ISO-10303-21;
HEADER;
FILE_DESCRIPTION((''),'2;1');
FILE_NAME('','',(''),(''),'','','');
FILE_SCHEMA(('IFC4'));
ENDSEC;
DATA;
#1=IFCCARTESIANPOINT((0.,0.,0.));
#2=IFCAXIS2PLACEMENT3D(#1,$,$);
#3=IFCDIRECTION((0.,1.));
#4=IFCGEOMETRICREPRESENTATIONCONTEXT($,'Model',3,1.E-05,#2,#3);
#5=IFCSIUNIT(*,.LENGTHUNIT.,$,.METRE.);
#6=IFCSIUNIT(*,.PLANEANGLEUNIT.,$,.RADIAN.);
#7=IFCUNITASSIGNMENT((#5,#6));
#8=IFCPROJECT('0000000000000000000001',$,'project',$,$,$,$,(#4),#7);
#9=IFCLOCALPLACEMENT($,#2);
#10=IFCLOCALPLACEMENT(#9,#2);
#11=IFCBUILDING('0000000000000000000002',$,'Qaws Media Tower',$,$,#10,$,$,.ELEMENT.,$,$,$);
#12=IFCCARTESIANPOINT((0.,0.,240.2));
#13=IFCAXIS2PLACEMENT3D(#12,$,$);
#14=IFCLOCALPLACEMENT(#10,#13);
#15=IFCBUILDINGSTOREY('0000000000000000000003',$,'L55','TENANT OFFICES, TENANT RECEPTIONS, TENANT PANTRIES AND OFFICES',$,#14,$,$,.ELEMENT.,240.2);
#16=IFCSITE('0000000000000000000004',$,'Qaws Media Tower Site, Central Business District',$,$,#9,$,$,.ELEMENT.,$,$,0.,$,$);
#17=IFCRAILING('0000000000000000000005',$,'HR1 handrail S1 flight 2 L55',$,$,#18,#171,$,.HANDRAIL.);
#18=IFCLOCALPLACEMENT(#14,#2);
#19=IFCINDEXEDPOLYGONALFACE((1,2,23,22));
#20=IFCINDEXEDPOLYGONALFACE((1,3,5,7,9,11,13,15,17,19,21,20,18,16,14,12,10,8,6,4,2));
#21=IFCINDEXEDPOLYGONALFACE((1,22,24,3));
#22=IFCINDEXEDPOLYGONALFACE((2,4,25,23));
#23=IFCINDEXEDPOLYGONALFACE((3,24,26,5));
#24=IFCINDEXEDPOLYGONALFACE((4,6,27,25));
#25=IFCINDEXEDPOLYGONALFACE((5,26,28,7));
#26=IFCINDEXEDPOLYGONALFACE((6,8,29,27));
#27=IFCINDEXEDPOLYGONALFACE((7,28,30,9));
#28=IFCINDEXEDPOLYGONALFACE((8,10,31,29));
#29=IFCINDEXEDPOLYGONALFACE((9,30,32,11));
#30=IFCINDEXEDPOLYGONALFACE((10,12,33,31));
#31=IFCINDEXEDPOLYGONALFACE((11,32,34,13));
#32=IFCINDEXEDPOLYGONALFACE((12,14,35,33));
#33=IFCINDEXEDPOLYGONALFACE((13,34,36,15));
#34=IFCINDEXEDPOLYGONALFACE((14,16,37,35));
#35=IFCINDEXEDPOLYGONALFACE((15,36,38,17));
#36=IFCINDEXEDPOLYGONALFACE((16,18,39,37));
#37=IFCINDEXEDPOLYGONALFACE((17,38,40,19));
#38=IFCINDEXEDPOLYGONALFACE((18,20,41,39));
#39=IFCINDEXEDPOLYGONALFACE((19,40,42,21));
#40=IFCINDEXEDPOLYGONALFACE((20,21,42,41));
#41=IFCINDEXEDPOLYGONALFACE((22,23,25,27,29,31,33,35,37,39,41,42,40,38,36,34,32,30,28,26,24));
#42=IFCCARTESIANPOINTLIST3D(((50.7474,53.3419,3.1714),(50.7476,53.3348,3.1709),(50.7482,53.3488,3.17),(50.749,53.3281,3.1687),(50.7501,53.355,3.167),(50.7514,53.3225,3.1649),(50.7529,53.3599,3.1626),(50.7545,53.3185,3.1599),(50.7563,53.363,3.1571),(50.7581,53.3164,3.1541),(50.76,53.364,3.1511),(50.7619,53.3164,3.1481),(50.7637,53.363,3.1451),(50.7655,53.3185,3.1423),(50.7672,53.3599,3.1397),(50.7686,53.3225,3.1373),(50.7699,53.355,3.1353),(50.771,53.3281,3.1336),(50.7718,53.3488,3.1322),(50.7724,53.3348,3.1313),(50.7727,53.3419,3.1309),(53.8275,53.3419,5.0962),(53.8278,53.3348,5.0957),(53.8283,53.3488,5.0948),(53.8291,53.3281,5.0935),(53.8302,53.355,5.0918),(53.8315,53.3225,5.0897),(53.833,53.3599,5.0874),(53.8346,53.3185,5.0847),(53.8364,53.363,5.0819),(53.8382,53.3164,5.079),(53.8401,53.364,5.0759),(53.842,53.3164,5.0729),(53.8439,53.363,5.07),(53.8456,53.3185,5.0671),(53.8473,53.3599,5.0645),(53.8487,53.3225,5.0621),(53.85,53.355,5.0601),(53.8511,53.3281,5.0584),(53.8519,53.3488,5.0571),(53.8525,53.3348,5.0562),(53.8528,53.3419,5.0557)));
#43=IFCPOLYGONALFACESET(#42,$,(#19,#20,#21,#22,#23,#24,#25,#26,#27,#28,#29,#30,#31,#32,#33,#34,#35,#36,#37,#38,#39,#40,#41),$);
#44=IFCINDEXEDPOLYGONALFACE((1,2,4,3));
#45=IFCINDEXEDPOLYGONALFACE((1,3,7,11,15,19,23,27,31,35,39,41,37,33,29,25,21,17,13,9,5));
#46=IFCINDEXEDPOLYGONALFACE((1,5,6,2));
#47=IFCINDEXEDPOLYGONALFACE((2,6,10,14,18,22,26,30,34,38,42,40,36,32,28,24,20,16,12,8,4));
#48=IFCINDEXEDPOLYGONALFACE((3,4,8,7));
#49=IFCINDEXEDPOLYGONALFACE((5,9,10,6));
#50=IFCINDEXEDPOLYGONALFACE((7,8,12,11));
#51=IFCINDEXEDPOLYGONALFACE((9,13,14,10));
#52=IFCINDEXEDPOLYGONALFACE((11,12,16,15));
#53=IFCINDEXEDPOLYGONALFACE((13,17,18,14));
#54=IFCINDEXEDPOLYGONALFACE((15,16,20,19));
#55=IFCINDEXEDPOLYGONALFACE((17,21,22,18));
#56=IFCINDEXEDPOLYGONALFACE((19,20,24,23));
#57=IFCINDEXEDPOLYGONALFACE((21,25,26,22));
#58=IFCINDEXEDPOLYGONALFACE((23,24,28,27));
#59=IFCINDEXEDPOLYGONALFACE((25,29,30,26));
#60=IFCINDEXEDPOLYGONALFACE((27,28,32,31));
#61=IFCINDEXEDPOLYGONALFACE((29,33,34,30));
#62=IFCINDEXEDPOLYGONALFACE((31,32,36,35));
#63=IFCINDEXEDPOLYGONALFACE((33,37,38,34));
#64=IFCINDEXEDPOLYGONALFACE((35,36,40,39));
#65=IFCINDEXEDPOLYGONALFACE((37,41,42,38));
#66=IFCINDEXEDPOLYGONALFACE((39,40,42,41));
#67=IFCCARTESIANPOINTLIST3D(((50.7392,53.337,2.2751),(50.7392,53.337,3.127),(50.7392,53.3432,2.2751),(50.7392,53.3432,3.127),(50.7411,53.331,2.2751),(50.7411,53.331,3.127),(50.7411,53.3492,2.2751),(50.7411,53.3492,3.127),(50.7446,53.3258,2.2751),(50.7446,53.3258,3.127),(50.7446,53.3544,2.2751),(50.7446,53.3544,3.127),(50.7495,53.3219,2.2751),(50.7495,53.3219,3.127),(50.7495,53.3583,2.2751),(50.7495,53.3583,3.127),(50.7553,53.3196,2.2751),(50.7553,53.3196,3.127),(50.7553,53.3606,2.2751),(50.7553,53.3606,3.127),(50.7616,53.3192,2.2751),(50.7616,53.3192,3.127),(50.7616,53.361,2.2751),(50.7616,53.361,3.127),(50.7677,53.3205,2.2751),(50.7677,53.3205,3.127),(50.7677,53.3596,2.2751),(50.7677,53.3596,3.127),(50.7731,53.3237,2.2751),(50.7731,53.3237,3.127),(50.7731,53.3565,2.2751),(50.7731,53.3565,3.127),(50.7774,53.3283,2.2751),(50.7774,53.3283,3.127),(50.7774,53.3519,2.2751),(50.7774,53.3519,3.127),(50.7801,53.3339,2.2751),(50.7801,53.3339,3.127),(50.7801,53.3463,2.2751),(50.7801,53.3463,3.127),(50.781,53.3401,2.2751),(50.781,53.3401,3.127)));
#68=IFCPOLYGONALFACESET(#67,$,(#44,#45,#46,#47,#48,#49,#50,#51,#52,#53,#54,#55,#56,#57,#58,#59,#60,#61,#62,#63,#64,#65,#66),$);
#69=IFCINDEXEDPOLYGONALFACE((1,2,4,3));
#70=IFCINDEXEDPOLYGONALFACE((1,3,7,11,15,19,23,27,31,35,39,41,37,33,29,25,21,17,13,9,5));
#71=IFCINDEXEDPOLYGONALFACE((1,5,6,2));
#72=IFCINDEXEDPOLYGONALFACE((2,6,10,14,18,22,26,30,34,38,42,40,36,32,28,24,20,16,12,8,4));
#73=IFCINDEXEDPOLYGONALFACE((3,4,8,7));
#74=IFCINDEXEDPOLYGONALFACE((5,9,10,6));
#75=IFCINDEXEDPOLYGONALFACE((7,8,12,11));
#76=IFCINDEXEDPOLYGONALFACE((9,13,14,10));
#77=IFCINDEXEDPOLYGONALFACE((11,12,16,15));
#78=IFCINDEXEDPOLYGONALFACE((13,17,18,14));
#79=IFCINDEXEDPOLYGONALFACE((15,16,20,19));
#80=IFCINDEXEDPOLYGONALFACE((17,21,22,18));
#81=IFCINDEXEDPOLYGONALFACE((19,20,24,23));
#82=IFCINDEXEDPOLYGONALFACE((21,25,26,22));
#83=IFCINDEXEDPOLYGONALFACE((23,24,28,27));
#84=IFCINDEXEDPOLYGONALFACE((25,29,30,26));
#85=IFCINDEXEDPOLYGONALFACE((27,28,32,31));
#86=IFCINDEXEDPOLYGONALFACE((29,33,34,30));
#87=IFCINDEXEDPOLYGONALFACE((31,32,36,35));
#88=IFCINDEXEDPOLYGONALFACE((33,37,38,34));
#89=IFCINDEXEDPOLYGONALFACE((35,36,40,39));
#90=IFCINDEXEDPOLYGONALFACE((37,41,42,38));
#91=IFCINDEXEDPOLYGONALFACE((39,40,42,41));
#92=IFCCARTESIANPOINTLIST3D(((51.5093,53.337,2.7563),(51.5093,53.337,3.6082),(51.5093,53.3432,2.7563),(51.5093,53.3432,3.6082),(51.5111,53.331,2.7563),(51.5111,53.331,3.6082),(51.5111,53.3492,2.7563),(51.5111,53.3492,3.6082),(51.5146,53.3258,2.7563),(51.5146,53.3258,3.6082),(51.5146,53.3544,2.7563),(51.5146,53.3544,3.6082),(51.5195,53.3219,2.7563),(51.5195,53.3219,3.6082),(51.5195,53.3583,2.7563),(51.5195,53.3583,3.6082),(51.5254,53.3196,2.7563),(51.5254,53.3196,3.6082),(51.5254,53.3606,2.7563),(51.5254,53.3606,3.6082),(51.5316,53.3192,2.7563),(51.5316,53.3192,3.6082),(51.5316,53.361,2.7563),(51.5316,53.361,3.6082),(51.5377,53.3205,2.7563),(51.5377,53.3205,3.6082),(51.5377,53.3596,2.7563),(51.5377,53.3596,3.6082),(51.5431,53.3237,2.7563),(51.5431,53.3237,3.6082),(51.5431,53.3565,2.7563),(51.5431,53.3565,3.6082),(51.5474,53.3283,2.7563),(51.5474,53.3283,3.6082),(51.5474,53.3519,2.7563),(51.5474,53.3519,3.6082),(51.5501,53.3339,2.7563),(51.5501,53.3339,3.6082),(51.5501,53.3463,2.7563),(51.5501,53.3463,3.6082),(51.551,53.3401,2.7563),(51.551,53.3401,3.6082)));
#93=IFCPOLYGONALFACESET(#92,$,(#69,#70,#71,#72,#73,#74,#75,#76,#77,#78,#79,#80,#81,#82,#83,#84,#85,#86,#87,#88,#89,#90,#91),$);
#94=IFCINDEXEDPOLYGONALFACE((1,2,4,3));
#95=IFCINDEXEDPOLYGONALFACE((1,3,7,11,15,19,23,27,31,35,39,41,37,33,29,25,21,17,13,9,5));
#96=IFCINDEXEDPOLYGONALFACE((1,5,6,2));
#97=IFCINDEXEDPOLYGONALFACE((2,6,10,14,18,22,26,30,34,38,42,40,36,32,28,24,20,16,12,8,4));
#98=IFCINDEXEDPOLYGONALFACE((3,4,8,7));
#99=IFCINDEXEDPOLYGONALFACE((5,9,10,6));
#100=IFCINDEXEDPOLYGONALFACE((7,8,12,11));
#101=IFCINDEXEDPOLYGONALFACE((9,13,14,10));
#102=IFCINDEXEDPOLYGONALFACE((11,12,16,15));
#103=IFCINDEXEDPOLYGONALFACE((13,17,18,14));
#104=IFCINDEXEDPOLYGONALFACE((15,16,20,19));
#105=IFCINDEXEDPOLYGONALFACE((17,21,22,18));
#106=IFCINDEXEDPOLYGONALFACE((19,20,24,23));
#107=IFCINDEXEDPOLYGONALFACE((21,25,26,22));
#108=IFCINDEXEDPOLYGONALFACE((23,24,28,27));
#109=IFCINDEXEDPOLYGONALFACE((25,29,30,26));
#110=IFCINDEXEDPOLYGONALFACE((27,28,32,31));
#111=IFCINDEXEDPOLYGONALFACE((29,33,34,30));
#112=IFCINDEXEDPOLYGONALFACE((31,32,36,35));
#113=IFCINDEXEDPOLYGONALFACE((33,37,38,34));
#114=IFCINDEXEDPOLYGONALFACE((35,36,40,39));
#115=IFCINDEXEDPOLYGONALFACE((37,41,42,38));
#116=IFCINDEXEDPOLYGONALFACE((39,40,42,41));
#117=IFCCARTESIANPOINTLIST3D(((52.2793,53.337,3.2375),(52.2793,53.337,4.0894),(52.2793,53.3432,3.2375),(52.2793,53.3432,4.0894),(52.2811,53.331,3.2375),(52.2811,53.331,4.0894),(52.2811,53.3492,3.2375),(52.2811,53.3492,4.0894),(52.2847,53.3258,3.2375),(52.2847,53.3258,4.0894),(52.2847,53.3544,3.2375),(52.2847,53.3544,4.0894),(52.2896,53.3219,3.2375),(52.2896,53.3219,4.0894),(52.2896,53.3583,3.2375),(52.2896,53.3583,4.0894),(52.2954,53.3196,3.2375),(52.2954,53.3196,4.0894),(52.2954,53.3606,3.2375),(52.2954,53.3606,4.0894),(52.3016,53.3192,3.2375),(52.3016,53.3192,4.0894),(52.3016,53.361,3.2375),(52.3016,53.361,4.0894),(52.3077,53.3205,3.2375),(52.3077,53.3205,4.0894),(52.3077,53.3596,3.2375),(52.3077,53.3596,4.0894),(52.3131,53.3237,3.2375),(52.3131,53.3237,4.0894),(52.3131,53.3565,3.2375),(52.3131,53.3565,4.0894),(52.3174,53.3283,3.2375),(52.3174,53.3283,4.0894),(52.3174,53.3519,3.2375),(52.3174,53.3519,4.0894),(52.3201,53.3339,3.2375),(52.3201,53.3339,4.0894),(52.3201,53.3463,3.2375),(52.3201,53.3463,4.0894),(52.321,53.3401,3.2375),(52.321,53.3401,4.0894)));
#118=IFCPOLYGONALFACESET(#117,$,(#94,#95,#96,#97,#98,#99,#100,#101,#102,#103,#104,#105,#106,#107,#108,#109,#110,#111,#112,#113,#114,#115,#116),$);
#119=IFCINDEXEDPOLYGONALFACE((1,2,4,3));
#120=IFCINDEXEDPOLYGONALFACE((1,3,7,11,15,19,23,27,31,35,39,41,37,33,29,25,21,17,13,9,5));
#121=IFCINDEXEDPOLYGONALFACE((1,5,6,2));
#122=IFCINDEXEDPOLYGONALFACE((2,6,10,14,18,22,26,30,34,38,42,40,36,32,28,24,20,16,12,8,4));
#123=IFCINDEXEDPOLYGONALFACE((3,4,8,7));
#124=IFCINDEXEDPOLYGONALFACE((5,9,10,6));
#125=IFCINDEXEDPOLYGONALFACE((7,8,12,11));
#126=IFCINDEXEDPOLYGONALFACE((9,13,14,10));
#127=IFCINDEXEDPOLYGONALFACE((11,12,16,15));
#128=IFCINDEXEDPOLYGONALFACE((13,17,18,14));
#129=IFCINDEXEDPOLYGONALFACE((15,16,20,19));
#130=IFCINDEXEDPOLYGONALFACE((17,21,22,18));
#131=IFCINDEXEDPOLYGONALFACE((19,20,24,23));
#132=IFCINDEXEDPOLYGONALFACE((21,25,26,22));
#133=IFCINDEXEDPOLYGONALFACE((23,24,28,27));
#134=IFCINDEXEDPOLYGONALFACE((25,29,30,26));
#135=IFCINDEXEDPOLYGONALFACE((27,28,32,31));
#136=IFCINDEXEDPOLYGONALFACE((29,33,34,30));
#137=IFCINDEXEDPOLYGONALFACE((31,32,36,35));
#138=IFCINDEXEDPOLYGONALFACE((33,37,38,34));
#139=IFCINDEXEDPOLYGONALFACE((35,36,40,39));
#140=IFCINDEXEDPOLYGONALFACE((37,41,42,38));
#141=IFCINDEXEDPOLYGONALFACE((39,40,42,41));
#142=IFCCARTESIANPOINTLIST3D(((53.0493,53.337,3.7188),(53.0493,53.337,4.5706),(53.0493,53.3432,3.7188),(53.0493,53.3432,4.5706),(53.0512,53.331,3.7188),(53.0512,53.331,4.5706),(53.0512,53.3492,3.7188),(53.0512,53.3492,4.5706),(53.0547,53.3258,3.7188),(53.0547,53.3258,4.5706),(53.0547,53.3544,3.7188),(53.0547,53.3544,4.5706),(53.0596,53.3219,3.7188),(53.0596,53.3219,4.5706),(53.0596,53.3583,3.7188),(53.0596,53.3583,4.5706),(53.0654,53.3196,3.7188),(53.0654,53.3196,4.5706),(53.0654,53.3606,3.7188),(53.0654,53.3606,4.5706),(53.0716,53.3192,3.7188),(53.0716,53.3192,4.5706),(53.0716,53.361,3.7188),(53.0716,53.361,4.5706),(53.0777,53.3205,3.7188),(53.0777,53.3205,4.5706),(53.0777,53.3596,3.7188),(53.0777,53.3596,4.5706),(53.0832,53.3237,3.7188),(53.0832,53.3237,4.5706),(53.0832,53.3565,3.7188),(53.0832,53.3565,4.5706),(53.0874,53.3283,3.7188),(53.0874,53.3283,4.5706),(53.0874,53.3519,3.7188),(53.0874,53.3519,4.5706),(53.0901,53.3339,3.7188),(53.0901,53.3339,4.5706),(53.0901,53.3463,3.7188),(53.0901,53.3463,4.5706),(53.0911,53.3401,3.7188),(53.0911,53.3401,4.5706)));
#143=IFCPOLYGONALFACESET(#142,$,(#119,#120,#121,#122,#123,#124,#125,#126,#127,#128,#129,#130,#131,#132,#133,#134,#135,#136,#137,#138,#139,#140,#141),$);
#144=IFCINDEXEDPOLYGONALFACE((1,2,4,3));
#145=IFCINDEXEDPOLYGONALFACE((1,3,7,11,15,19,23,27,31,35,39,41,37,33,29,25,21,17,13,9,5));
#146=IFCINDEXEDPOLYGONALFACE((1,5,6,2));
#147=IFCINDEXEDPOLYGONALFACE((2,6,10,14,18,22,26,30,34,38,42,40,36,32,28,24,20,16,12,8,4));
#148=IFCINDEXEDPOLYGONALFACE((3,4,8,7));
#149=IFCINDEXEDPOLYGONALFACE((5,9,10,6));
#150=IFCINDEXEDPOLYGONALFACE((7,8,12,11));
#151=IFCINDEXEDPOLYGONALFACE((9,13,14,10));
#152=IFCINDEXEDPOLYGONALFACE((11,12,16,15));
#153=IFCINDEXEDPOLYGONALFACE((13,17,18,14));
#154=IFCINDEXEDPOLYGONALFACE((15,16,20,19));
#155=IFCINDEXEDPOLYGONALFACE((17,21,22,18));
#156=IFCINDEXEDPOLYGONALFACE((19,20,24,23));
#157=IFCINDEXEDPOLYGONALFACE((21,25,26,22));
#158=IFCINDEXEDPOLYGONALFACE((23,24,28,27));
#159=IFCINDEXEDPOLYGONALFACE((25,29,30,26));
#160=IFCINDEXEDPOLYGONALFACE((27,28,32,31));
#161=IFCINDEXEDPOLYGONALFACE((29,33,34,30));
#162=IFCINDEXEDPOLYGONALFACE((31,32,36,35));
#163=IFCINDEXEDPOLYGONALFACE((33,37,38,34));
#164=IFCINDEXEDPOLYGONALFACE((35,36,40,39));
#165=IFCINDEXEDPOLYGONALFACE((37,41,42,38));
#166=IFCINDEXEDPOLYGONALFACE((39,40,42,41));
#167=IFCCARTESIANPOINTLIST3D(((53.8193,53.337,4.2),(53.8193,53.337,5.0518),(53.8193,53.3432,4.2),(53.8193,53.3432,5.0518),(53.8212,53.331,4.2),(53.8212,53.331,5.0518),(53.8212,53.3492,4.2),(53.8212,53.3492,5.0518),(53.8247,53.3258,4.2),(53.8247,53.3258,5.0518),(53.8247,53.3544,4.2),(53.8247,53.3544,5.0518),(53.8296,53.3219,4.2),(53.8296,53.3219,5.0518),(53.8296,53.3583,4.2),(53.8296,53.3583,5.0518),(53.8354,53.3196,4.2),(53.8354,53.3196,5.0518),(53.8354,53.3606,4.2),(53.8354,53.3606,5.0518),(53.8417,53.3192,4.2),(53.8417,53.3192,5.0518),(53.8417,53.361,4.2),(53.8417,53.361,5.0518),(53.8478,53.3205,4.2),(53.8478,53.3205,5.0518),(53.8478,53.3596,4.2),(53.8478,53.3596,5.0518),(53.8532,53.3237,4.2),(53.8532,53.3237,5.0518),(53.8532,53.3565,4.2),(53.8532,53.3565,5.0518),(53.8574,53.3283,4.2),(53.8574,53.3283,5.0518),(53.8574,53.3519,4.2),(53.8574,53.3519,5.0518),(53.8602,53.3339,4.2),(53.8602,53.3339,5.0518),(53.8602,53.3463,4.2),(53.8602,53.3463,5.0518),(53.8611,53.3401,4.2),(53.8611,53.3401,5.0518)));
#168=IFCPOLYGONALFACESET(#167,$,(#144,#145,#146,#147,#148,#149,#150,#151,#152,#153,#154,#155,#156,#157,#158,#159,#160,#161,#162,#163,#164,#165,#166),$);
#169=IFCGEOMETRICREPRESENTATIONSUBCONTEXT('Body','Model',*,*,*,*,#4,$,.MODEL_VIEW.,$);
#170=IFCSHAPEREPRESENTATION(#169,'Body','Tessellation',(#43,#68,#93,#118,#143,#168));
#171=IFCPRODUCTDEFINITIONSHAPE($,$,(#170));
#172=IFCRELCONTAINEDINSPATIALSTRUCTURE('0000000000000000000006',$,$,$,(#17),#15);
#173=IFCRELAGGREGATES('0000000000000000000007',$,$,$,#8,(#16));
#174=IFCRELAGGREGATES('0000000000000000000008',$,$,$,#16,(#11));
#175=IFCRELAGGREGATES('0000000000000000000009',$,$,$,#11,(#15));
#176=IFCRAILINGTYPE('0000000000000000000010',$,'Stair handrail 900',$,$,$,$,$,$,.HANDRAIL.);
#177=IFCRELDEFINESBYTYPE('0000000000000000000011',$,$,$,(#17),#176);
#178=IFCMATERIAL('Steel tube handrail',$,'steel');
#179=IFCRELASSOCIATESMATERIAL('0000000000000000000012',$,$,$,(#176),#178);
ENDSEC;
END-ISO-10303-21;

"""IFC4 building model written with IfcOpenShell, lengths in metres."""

from ifc_helpers import new_model, si_unit, direction, frame, origin, origin_2d, place, context, subcontext, project, spatial, circle, extrude, material, type_object, element, save


model = new_model("IFC4")

# Units and contexts
model_context = context("Model", 3, precision=1e-05, world=origin(), true_north=direction((0.0, 1.0)))
body_context = subcontext(model_context, "Body", "Model", "MODEL_VIEW")
ifc_project = project(units=[si_unit("LENGTHUNIT", "METRE"), si_unit("PLANEANGLEUNIT", "RADIAN")], contexts=[model_context])

# Site, building, storey
site_placement = place(None, origin())
site = spatial("IfcSite", under=ifc_project, at=site_placement, Name="Qaws Media Tower Site, Central Business District", CompositionType="ELEMENT", RefElevation=0.0)
building_placement = place(site_placement, origin())
building = spatial("IfcBuilding", under=site, at=building_placement, Name="Qaws Media Tower", CompositionType="ELEMENT")
storey_placement = place(building_placement, frame((0.0, 0.0, 240.2)))
storey = spatial("IfcBuildingStorey", under=building, at=storey_placement, Name="L55", Description="TENANT OFFICES, TENANT RECEPTIONS, TENANT PANTRIES AND OFFICES", CompositionType="ELEMENT", Elevation=240.2)

# Railing
ifc_material_1 = material(Name="Steel tube handrail", Category="steel")
railing_type = type_object("IfcRailingType", Name="Stair handrail 900", PredefinedType="HANDRAIL", material=ifc_material_1)
for number, where, name in (
    (1, (50.76, 53.3401, 2.2751), "HR1 handrail S1 flight 2 L55"),
):
    element("IfcRailing", number, at=place(storey_placement, frame(where)), inside=storey, type_object=railing_type, Name=name, PredefinedType="HANDRAIL", context=body_context, shape_type="SweptSolid", body=[
        extrude(circle(Radius=0.0239, at=origin_2d()), frame((0.0, 0.0, 0.876), z_axis=(0.848029, 0.0, 0.529951), x_axis=(0.0, 1.0, 0.0)), (0.0, 0.0, 1.0), 3.6321),
        extrude(circle(Radius=0.021, at=origin_2d()), origin(), (0.0, 0.0, 1.0), 0.8518),
        extrude(circle(Radius=0.021, at=origin_2d()), frame((0.77, 0.0, 0.4812)), (0.0, 0.0, 1.0), 0.8518),
        extrude(circle(Radius=0.021, at=origin_2d()), frame((1.54, 0.0, 0.9624)), (0.0, 0.0, 1.0), 0.8518),
        extrude(circle(Radius=0.021, at=origin_2d()), frame((2.3101, 0.0, 1.4436)), (0.0, 0.0, 1.0), 0.8518),
        extrude(circle(Radius=0.021, at=origin_2d()), frame((3.0801, 0.0, 1.9248)), (0.0, 0.0, 1.0), 0.8518),
    ])

save(model, "model.ifc")
